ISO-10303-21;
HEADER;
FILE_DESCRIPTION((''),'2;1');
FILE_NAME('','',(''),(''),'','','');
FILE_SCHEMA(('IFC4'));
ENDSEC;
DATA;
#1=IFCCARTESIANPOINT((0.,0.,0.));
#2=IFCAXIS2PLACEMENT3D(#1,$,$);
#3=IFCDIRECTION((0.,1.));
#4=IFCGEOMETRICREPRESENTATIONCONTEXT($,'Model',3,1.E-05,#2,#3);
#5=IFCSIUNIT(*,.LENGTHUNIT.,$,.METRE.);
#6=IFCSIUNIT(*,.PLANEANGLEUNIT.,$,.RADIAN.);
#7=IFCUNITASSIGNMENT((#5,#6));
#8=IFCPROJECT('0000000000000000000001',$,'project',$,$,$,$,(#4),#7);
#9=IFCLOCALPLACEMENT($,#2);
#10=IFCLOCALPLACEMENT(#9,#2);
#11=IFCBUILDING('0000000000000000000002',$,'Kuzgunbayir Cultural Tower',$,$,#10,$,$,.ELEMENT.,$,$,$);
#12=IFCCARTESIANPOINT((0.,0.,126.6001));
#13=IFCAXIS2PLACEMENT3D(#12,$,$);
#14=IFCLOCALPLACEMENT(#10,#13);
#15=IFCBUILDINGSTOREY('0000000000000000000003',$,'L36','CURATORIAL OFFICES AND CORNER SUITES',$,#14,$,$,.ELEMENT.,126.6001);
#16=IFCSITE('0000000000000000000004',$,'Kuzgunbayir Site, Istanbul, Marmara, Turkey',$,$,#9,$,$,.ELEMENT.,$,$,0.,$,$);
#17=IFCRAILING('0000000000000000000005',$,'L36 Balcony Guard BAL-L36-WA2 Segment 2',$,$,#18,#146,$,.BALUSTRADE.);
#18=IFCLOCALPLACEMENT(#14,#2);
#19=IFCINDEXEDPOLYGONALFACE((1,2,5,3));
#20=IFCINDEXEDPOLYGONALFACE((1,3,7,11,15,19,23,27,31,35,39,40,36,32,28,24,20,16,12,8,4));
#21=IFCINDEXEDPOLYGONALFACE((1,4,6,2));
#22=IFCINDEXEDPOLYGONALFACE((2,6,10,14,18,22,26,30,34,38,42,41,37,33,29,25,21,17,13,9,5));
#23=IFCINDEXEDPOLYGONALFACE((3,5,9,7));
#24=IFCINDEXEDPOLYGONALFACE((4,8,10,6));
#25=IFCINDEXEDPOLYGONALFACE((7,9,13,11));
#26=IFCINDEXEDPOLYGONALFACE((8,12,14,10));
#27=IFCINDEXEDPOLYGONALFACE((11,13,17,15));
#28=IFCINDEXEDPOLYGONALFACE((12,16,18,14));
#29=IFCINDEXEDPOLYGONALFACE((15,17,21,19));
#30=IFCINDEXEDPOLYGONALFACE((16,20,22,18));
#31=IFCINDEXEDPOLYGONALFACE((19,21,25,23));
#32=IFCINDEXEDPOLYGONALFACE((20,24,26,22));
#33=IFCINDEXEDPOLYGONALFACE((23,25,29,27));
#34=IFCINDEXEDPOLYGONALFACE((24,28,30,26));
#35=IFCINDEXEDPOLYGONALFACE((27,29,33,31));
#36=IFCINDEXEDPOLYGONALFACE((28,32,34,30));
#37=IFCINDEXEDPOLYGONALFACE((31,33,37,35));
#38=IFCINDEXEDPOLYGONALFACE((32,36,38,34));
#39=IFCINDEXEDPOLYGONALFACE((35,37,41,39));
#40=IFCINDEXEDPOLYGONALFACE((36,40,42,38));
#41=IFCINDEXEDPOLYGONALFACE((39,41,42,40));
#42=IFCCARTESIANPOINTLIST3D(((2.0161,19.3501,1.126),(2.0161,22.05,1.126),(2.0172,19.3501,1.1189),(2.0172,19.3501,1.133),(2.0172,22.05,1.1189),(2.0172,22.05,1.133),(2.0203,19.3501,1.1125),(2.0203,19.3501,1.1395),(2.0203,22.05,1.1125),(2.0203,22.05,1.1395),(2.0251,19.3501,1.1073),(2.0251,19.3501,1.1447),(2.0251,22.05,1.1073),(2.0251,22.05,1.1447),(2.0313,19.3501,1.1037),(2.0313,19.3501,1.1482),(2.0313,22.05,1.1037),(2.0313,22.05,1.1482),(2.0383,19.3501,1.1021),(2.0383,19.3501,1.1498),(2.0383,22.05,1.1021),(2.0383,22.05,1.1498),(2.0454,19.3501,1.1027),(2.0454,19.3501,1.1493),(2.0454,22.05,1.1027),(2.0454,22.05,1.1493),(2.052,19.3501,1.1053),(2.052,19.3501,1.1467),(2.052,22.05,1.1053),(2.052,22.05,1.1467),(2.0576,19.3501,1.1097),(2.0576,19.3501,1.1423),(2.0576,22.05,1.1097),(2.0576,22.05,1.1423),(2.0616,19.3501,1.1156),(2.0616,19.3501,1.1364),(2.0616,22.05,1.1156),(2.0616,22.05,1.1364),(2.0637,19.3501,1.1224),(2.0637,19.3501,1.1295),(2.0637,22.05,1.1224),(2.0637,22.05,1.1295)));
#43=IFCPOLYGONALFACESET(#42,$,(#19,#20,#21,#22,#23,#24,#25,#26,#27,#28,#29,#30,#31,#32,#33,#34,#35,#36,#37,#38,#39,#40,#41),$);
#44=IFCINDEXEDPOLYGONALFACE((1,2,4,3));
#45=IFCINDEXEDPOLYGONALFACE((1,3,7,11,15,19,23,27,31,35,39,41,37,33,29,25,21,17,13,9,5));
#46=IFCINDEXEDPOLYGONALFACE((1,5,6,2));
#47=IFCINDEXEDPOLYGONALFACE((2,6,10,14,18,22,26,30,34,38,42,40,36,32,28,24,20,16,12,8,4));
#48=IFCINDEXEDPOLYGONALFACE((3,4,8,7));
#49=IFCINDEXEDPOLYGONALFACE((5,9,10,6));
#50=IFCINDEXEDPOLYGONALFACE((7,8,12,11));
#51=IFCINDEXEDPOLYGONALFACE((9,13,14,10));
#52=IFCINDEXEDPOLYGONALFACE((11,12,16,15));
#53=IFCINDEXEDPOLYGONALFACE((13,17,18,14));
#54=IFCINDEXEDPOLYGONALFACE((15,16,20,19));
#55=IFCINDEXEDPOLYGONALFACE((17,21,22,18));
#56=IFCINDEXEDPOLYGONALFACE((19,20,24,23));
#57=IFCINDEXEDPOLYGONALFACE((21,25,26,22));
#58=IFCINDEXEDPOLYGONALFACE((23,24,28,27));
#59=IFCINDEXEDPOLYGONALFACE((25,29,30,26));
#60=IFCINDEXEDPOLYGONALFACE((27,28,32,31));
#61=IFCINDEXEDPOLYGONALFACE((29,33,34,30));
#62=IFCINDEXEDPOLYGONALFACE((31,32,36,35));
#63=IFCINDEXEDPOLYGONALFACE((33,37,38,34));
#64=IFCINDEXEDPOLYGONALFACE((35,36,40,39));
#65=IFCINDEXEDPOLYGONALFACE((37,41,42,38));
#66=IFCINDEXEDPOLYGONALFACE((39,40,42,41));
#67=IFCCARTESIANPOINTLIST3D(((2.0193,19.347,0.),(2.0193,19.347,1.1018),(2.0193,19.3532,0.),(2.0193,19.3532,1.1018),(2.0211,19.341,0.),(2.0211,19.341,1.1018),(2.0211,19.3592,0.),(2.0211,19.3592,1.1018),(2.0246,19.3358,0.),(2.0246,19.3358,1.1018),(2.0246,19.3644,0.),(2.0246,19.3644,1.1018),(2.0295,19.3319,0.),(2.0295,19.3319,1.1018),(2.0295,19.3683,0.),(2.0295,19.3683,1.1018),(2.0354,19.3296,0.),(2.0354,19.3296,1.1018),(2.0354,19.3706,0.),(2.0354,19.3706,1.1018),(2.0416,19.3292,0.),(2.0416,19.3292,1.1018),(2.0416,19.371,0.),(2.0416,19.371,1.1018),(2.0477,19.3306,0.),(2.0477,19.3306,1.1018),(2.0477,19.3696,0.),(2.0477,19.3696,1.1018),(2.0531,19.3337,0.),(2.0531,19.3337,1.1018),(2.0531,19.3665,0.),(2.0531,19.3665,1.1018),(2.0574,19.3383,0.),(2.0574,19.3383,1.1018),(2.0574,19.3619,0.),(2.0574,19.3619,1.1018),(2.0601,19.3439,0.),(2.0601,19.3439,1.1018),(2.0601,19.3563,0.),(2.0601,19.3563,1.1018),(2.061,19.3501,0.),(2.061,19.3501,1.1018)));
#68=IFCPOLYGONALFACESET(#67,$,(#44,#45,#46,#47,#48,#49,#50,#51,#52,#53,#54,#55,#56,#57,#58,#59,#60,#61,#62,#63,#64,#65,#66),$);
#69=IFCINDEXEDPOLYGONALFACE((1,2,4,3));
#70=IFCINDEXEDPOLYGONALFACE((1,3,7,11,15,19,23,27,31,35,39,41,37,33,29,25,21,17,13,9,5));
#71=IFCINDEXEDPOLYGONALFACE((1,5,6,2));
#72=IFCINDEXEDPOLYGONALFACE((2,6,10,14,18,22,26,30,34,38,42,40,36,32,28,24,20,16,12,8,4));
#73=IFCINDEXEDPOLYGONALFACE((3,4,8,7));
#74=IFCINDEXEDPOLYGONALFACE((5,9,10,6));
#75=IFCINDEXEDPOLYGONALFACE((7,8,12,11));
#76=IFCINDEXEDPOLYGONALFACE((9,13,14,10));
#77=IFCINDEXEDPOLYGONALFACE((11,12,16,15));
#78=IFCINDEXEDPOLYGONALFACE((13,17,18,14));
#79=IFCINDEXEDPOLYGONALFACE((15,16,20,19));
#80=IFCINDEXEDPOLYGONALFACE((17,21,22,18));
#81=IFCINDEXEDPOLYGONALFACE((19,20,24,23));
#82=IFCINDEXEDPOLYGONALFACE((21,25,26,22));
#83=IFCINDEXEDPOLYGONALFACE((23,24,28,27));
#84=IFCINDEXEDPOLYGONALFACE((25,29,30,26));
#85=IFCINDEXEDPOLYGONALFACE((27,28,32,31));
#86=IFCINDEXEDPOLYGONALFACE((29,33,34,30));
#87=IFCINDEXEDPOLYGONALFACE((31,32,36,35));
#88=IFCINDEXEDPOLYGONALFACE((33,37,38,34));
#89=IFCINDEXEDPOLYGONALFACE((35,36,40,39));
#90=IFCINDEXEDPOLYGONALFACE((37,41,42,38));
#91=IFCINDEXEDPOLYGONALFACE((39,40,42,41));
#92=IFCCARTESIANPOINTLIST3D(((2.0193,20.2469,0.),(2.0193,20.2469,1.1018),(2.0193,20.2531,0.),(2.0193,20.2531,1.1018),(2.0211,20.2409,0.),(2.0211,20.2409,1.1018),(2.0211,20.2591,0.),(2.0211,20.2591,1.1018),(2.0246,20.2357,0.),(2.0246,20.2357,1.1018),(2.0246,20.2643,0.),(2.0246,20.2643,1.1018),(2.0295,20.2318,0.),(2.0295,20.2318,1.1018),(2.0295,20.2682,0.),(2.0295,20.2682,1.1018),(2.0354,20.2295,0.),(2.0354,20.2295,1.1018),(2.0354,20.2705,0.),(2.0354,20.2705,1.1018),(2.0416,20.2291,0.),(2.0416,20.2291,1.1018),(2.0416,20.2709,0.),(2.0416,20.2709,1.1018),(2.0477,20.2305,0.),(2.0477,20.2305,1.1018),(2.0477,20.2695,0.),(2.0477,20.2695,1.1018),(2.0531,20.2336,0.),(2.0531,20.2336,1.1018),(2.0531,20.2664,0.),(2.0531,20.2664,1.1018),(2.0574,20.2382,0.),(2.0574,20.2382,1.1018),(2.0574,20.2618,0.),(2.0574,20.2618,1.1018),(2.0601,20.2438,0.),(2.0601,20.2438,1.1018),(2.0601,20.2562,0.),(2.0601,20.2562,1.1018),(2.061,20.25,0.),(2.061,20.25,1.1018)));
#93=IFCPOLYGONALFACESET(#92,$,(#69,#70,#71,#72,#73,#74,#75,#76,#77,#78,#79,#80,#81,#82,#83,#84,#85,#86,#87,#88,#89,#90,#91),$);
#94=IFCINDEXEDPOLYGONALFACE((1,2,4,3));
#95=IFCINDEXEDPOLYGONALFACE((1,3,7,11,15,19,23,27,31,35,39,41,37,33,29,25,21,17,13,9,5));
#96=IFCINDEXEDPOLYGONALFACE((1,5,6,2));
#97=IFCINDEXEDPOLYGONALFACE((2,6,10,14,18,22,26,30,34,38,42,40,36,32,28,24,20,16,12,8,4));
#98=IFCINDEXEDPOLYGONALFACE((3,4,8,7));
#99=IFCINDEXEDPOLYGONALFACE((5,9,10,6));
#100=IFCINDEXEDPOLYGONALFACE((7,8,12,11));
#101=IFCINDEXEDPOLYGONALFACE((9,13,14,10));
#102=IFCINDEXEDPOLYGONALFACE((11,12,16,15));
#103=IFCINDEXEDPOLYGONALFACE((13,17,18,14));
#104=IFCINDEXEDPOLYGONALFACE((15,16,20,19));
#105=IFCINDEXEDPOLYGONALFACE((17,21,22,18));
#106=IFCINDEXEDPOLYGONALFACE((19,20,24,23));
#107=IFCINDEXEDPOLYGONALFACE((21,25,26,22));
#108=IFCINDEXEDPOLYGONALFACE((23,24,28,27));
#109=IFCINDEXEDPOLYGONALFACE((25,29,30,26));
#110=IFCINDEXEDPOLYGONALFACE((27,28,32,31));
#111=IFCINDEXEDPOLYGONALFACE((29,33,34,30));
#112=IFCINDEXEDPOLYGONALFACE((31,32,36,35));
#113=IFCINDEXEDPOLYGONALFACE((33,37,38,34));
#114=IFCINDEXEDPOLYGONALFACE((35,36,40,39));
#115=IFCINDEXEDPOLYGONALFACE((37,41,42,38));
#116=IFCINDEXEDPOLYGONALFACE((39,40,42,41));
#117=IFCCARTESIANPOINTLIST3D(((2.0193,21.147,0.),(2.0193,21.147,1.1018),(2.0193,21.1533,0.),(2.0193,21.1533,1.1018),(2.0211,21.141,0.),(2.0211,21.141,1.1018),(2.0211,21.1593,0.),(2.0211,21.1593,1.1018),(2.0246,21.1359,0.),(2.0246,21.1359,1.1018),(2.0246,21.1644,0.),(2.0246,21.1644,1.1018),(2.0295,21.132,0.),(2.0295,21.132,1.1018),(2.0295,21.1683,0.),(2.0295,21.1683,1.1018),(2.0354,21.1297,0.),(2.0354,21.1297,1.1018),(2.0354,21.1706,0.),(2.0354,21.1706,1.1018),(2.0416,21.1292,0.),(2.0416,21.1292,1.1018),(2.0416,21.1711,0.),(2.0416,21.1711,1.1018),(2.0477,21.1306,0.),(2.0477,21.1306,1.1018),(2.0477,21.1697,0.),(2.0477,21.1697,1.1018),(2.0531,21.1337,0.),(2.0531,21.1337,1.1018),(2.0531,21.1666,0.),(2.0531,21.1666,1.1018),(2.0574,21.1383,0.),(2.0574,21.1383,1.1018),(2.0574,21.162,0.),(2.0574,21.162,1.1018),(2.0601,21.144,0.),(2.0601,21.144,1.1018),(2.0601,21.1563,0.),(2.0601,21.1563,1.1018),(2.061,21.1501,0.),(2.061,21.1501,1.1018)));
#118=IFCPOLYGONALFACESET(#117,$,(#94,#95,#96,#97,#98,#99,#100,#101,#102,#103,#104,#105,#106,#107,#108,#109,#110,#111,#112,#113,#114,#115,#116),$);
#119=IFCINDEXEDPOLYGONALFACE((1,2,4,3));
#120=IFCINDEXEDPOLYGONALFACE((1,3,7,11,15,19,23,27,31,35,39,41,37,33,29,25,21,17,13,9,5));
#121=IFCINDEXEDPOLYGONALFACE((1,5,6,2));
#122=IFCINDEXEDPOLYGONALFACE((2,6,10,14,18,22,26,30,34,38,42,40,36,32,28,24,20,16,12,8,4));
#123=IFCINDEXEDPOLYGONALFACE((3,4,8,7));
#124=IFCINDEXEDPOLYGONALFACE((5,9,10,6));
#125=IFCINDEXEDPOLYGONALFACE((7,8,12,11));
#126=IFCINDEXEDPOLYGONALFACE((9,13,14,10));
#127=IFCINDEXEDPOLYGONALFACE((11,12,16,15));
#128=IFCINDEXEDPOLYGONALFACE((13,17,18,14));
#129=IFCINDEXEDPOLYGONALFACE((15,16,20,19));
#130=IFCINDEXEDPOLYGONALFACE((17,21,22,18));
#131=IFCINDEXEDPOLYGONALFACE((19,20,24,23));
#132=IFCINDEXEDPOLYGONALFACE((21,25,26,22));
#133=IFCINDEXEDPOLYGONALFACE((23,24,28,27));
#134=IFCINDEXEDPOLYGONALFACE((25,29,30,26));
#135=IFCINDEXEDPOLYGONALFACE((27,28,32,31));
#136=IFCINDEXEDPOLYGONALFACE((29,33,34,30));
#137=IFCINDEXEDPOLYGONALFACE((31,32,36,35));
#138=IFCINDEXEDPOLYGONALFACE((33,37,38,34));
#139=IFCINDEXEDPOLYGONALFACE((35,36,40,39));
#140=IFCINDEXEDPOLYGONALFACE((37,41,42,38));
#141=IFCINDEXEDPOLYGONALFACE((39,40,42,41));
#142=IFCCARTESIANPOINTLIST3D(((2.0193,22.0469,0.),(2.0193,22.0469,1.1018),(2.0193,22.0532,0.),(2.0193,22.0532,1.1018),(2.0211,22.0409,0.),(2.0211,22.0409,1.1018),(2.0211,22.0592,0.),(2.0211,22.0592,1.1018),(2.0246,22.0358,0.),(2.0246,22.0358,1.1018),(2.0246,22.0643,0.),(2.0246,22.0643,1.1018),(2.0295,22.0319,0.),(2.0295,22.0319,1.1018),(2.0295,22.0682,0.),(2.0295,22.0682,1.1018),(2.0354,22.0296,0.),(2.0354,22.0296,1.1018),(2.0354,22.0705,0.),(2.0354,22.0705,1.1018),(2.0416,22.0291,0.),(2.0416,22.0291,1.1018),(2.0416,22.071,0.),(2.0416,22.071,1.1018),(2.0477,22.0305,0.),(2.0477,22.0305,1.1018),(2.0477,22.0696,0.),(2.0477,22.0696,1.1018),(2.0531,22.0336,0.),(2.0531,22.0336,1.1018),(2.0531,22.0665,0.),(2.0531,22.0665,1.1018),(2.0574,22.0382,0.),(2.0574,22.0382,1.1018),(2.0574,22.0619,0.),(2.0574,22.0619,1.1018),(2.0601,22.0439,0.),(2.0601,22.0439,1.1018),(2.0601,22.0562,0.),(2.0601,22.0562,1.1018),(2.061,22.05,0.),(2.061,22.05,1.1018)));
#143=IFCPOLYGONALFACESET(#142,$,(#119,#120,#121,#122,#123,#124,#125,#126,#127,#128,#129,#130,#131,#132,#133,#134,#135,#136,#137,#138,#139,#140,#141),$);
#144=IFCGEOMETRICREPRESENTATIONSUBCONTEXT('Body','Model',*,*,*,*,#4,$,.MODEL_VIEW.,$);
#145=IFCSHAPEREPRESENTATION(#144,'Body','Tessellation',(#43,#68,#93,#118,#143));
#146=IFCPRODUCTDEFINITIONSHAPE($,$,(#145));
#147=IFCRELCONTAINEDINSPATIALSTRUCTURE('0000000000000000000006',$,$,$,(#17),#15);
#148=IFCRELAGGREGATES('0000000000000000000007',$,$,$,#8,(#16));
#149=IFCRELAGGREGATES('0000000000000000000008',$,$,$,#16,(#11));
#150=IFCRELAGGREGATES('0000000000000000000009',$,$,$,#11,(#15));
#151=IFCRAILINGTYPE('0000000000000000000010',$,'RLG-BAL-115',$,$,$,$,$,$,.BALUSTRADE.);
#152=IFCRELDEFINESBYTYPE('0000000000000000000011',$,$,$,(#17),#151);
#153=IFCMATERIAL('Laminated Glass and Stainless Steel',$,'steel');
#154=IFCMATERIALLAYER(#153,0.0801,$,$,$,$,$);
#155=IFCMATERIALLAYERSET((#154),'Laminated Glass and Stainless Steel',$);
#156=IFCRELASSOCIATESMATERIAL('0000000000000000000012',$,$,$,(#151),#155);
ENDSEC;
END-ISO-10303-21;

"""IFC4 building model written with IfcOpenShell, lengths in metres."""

from ifc_helpers import new_model, si_unit, direction, frame, origin, origin_2d, place, context, subcontext, project, spatial, circle, extrude, material, layer, layer_set, type_object, element, save


model = new_model("IFC4")

# Units and contexts
model_context = context("Model", 3, precision=1e-05, world=origin(), true_north=direction((0.0, 1.0)))
body_context = subcontext(model_context, "Body", "Model", "MODEL_VIEW")
ifc_project = project(units=[si_unit("LENGTHUNIT", "METRE"), si_unit("PLANEANGLEUNIT", "RADIAN")], contexts=[model_context])

# Site, building, storey
site_placement = place(None, origin())
site = spatial("IfcSite", under=ifc_project, at=site_placement, Name="Kuzgunbayir Site, Istanbul, Marmara, Turkey", CompositionType="ELEMENT", RefElevation=0.0)
building_placement = place(site_placement, origin())
building = spatial("IfcBuilding", under=site, at=building_placement, Name="Kuzgunbayir Cultural Tower", CompositionType="ELEMENT")
storey_placement = place(building_placement, frame((0.0, 0.0, 126.6001)))
storey = spatial("IfcBuildingStorey", under=building, at=storey_placement, Name="L36", Description="CURATORIAL OFFICES AND CORNER SUITES", CompositionType="ELEMENT", Elevation=126.6001)

# Railing
ifc_material_1 = material(Name="Laminated Glass and Stainless Steel", Category="steel")
ifc_layer_1 = layer(ifc_material_1, 0.0801)
ifc_layer_set_1 = layer_set([ifc_layer_1], Name="Laminated Glass and Stainless Steel")
railing_type = type_object("IfcRailingType", Name="RLG-BAL-115", PredefinedType="BALUSTRADE", material=ifc_layer_set_1)
railing_1_placement = place(storey_placement, frame((2.04, 19.3501, 0.0)))
element("IfcRailing", 1, at=railing_1_placement, inside=storey, type_object=railing_type, Name="L36 Balcony Guard BAL-L36-WA2 Segment 2", PredefinedType="BALUSTRADE", context=body_context, shape_type="SweptSolid", body=[
    extrude(circle(Radius=0.0239, at=origin_2d()), frame((0.0, 0.0, 1.126), z_axis=(0.0, 1.0, 0.0), x_axis=(-1.0, 0.0, 0.0)), (0.0, 0.0, 1.0), 2.7),
    extrude(circle(Radius=0.021, at=origin_2d()), origin(), (0.0, 0.0, 1.0), 1.1018),
    extrude(circle(Radius=0.021, at=origin_2d()), frame((0.0, 0.8999, 0.0)), (0.0, 0.0, 1.0), 1.1018),
    extrude(circle(Radius=0.021, at=origin_2d()), frame((0.0, 1.8, 0.0)), (0.0, 0.0, 1.0), 1.1018),
    extrude(circle(Radius=0.021, at=origin_2d()), frame((0.0, 2.7, 0.0)), (0.0, 0.0, 1.0), 1.1018),
])

save(model, "model.ifc")
